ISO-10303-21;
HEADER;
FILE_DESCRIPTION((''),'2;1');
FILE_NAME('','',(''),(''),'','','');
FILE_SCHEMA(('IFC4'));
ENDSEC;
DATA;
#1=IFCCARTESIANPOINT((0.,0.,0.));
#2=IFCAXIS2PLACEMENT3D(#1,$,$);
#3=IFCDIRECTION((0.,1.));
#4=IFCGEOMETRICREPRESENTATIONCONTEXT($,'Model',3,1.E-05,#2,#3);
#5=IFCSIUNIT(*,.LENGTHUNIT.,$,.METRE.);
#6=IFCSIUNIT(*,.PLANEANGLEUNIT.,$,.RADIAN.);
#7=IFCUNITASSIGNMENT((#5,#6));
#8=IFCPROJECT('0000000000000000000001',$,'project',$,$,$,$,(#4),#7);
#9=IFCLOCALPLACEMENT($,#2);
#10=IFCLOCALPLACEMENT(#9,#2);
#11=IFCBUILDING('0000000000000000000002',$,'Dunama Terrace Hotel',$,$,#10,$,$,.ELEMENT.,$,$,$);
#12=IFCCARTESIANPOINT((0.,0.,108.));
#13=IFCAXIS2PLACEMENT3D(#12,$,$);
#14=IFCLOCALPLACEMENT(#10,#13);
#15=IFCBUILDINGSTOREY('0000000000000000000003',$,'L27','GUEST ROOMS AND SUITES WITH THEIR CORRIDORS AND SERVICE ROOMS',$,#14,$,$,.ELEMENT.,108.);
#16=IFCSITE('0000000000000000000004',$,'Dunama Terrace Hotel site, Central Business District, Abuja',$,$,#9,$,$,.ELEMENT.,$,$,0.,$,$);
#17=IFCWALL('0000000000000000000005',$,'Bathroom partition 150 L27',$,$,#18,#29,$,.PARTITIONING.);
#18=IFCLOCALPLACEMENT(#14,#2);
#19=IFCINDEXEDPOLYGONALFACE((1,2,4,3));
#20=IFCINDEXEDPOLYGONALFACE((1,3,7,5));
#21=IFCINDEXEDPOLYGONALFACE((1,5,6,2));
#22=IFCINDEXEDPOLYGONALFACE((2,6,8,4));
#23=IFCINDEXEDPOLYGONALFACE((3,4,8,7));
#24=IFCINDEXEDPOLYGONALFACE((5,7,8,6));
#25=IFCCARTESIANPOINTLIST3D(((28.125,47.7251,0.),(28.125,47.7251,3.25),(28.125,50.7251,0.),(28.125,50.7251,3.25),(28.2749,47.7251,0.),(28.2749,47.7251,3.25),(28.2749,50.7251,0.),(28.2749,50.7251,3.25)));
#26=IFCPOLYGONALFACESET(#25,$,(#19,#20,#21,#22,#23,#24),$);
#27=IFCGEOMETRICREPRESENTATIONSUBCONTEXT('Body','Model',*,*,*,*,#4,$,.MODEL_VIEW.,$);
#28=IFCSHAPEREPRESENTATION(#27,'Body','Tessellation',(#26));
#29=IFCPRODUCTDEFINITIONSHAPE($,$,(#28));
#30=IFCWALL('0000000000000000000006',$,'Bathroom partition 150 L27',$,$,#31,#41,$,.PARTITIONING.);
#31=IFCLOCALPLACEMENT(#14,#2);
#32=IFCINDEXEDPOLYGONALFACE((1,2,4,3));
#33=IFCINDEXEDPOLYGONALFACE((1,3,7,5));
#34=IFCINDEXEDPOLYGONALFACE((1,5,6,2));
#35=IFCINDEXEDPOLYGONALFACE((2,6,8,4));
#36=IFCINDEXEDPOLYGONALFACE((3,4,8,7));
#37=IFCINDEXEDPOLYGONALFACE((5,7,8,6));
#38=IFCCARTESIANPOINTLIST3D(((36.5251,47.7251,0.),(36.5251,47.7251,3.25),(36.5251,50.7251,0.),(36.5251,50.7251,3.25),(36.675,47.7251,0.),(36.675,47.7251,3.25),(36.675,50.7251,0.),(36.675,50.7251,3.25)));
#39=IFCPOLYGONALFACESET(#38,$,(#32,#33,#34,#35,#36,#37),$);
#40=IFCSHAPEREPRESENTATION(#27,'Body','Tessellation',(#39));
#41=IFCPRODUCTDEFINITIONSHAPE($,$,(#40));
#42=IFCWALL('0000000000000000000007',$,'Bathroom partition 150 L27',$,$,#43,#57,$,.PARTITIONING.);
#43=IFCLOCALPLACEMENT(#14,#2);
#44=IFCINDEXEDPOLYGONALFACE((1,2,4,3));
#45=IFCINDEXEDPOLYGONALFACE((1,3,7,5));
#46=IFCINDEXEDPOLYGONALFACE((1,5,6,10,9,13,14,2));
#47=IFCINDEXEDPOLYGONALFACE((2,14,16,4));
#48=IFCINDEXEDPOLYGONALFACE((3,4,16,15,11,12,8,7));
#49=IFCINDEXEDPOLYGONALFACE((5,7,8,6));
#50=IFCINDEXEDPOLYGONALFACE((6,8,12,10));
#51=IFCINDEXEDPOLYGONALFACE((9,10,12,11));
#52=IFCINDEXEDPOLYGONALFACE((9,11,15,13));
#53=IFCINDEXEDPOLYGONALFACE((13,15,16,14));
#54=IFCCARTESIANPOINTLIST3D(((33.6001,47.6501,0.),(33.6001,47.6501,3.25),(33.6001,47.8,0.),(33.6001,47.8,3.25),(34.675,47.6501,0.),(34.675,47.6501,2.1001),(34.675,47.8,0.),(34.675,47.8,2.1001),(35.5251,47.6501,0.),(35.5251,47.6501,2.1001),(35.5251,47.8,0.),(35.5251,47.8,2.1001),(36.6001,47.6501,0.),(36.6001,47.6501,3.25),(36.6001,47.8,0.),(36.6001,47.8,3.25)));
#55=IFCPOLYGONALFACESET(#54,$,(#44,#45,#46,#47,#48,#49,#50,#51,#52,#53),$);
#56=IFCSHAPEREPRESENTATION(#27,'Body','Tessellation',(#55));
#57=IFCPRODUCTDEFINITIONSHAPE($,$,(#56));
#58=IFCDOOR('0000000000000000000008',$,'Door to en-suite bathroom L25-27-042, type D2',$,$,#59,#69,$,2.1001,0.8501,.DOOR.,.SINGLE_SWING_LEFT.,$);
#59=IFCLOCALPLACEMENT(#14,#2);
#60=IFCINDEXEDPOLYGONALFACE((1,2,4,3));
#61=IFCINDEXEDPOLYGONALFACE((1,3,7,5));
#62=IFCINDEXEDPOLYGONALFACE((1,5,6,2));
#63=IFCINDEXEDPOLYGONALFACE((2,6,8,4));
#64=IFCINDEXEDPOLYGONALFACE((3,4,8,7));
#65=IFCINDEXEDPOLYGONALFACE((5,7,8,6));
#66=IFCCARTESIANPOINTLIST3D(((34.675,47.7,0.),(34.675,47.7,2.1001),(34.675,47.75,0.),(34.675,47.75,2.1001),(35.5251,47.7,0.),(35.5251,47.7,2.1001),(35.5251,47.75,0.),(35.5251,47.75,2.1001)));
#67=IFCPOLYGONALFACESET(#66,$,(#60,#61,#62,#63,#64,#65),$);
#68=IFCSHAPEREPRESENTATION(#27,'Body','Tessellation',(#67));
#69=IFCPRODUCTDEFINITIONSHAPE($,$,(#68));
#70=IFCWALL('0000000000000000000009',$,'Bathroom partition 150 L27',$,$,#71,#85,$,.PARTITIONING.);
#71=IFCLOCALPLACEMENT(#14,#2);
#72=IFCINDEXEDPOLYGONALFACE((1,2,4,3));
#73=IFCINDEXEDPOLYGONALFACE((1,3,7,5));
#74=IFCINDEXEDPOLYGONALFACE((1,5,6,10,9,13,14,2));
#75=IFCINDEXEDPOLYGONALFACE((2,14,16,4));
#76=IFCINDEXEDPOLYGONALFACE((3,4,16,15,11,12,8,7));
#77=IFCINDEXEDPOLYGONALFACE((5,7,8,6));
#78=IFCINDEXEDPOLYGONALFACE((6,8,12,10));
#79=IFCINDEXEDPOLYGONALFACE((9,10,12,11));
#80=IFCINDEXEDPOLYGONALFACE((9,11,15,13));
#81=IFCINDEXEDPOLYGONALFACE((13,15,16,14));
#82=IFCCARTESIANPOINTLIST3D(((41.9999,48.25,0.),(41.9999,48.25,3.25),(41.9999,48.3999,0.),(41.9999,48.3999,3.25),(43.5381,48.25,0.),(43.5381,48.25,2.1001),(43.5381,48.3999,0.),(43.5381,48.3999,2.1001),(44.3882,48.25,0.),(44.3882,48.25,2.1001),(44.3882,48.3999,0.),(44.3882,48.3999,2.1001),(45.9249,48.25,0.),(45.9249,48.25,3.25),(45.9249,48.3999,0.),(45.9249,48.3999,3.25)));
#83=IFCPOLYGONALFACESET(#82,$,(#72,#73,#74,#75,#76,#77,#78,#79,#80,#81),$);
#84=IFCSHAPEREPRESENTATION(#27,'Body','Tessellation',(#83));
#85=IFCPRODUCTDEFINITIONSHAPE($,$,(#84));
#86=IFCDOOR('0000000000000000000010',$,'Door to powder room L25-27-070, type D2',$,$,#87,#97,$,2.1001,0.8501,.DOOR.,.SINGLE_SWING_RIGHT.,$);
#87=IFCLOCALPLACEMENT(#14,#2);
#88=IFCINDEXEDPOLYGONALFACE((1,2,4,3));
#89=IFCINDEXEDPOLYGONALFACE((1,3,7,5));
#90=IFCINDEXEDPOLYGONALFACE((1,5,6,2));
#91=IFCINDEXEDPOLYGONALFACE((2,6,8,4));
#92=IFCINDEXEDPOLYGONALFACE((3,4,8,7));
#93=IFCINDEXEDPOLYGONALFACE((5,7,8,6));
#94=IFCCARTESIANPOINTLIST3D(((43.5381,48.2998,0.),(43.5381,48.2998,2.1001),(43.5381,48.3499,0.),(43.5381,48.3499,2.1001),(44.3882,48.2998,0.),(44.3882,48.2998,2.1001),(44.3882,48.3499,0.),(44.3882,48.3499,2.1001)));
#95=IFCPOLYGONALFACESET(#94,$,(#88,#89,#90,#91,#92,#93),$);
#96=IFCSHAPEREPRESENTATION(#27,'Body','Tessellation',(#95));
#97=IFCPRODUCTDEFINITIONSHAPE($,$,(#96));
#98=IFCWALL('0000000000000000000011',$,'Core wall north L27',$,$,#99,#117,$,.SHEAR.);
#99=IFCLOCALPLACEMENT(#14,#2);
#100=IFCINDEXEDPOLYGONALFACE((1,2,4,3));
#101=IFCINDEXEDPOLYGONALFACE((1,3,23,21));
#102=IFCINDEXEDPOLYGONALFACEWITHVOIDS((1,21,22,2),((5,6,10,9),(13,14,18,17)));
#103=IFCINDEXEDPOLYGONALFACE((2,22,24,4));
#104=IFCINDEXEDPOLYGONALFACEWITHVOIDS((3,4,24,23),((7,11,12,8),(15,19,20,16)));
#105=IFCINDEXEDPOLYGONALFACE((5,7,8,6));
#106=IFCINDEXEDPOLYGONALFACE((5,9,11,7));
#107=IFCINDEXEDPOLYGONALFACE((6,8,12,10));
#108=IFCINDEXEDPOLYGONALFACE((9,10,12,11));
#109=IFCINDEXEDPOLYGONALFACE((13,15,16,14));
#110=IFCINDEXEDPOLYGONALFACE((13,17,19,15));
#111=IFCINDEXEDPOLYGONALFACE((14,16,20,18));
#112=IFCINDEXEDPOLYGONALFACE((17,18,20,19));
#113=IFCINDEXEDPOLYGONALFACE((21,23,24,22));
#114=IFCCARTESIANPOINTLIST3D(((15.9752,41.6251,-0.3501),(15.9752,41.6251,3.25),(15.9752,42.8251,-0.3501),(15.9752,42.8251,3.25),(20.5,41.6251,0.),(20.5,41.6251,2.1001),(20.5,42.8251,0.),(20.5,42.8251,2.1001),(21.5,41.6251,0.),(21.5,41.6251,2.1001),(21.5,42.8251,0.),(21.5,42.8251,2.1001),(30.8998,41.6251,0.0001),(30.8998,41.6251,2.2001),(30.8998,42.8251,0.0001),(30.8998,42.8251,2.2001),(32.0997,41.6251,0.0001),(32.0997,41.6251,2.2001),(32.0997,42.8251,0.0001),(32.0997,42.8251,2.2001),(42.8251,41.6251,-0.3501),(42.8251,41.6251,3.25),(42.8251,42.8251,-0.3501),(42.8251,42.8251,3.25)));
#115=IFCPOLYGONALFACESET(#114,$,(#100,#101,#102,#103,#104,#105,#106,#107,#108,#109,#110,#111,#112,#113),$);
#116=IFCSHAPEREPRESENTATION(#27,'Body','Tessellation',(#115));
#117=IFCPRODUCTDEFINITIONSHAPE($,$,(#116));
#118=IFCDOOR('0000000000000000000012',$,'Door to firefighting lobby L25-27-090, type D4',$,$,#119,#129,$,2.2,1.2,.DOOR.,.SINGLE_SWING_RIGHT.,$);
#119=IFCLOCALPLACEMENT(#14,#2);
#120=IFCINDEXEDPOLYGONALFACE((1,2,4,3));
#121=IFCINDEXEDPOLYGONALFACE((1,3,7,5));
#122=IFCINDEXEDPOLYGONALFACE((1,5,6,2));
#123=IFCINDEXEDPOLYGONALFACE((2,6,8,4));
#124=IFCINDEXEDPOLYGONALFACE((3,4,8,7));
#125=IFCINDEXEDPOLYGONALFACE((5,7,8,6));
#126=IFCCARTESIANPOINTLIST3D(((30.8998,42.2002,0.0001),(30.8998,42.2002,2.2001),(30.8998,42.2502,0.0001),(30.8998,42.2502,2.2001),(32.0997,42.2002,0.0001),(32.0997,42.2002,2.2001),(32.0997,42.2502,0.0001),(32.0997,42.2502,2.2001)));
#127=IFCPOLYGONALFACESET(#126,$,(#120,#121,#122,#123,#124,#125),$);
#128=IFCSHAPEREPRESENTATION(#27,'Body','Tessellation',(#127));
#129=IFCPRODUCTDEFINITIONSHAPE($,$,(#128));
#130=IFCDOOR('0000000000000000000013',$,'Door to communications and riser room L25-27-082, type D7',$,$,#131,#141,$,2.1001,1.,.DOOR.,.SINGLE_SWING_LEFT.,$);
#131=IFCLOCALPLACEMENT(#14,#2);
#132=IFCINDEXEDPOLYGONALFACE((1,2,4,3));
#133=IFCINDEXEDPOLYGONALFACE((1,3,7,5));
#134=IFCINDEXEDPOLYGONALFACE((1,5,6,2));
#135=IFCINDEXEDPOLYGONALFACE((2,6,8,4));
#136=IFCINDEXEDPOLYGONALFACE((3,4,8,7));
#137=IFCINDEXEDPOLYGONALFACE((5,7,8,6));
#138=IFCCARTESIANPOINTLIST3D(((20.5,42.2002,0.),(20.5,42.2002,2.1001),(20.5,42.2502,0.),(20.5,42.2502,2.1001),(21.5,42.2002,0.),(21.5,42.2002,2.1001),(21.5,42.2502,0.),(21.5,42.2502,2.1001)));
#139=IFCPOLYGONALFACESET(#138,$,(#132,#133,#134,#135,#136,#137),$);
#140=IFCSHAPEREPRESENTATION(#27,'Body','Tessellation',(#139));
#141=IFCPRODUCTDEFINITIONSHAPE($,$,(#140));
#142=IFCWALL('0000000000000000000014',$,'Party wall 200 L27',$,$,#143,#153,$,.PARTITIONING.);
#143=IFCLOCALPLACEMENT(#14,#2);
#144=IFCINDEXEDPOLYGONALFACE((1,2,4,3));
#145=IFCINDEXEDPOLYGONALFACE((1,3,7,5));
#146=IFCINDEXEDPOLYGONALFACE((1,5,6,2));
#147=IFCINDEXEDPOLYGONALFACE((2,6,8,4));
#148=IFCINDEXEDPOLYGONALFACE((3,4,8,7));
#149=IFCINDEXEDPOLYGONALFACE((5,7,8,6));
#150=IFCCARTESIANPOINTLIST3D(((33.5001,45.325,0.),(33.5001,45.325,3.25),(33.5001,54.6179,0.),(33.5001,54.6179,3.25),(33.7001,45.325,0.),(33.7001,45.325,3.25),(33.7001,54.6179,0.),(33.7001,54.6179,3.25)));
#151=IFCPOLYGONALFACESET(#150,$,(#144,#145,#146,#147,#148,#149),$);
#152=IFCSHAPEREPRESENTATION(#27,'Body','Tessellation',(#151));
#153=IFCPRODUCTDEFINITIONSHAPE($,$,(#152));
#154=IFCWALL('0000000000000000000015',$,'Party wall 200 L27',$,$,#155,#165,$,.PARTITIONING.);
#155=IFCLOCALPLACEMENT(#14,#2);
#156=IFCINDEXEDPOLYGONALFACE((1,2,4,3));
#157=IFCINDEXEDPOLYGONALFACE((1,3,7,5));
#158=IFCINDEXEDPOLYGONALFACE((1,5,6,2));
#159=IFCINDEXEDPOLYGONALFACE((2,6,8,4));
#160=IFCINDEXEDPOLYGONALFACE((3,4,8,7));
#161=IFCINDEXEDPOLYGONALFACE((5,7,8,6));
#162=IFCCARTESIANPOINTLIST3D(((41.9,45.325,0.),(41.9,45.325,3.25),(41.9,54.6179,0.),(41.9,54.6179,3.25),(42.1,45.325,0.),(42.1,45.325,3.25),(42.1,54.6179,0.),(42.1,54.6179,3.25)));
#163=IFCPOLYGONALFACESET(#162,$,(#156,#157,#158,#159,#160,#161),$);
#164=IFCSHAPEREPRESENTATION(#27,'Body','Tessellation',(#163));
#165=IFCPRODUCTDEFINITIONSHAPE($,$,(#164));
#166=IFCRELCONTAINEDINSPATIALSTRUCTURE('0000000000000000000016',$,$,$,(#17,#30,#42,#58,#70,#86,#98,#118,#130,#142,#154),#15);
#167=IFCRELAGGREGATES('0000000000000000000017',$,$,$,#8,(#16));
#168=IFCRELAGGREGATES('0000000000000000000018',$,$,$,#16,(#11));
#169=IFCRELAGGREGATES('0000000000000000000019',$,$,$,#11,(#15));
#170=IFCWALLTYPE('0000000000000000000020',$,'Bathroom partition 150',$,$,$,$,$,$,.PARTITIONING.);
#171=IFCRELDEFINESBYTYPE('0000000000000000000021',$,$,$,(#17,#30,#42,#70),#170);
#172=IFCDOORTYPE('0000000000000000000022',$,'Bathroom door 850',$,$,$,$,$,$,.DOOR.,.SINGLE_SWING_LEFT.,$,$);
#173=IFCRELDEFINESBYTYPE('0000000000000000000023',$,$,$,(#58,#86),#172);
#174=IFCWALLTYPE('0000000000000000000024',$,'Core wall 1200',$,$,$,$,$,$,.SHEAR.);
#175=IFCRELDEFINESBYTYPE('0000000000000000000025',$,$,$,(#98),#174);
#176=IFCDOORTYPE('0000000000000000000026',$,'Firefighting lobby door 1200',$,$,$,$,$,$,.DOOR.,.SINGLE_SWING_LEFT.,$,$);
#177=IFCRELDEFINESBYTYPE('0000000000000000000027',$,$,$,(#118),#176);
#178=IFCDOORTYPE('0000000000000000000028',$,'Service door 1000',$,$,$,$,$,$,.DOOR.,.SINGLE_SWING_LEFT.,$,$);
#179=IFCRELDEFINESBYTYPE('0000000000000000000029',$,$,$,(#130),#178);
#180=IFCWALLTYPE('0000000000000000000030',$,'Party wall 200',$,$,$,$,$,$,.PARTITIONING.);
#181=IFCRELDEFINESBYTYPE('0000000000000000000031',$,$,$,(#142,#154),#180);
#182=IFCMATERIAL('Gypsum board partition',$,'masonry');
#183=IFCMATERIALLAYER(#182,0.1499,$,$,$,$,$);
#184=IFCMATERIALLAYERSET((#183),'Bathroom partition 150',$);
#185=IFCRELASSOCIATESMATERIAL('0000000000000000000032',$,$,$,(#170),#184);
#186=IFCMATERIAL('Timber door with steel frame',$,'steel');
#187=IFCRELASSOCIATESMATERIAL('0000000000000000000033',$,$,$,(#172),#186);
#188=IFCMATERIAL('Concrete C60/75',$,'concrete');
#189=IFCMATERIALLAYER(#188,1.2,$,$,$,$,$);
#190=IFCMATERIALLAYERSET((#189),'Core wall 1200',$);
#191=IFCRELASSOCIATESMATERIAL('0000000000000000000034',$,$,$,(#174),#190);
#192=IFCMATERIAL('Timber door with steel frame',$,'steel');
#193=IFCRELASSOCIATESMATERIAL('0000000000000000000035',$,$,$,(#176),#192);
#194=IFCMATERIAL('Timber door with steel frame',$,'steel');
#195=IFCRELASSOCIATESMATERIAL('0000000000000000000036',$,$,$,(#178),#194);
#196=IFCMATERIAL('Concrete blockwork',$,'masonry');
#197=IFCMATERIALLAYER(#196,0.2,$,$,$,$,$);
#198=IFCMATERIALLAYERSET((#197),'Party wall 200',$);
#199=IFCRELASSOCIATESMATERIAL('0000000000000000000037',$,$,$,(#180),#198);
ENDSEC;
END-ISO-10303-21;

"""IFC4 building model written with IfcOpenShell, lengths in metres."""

from ifc_helpers import new_model, si_unit, direction, frame, frame_2d, origin, place, context, subcontext, project, spatial, rectangle, extrude, material, layer, layer_set, type_object, element, fill, save


model = new_model("IFC4")

# Units and contexts
model_context = context("Model", 3, precision=1e-05, world=origin(), true_north=direction((0.0, 1.0)))
body_context = subcontext(model_context, "Body", "Model", "MODEL_VIEW")
ifc_project = project(units=[si_unit("LENGTHUNIT", "METRE"), si_unit("PLANEANGLEUNIT", "RADIAN")], contexts=[model_context])

# Site, building, storey
site_placement = place(None, origin())
site = spatial("IfcSite", under=ifc_project, at=site_placement, Name="Dunama Terrace Hotel site, Central Business District, Abuja", CompositionType="ELEMENT", RefElevation=0.0)
building_placement = place(site_placement, origin())
building = spatial("IfcBuilding", under=site, at=building_placement, Name="Dunama Terrace Hotel", CompositionType="ELEMENT")
storey_placement = place(building_placement, frame((0.0, 0.0, 108.0)))
storey = spatial("IfcBuildingStorey", under=building, at=storey_placement, Name="L27", Description="GUEST ROOMS AND SUITES WITH THEIR CORRIDORS AND SERVICE ROOMS", CompositionType="ELEMENT", Elevation=108.0)

# Walls
ifc_material_1 = material(Name="Gypsum board partition", Category="masonry")
ifc_layer_1 = layer(ifc_material_1, 0.1499)
ifc_layer_set_1 = layer_set([ifc_layer_1], Name="Bathroom partition 150")
wall_type_1 = type_object("IfcWallType", Name="Bathroom partition 150", PredefinedType="PARTITIONING", material=ifc_layer_set_1)
for number, where, z_axis, x_axis, name in (
    (1, (28.2, 47.7251, 0.0), (0.0, 0.0, 1.0), (0.0, 1.0, 0.0), "Bathroom partition 150 L27"),
    (2, (36.6001, 47.7251, 0.0), (0.0, 0.0, 1.0), (0.0, 1.0, 0.0), "Bathroom partition 150 L27"),
):
    element("IfcWall", number, at=place(storey_placement, frame(where, z_axis=z_axis, x_axis=x_axis)), inside=storey, type_object=wall_type_1, Name=name, PredefinedType="PARTITIONING", context=body_context, shape_type="SweptSolid", body=[
        extrude(rectangle(XDim=3.0, YDim=0.1499, at=frame_2d((1.5, 0.0))), origin(), (0.0, 0.0, 1.0), 3.25),
    ])

# Walls, openings, doors
wall_1_placement = place(storey_placement, frame((33.6001, 47.7251, 0.0), z_axis=(0.0, 0.0, 1.0), x_axis=(1.0, 0.0, 0.0)))
wall_1 = element("IfcWall", 3, at=wall_1_placement, inside=storey, type_object=wall_type_1, Name="Bathroom partition 150 L27", PredefinedType="PARTITIONING", context=body_context, shape_type="SweptSolid", body=[
    extrude(rectangle(XDim=3.0, YDim=0.1499, at=frame_2d((1.5, 0.0))), origin(), (0.0, 0.0, 1.0), 3.25),
])
opening_1_placement = place(wall_1_placement, frame((1.075, 0.0, 0.0)))
opening_1 = element("IfcOpeningElement", 4, at=opening_1_placement, cuts=wall_1, PredefinedType="OPENING", context=body_context, shape_type="SweptSolid", body=[
    extrude(rectangle(XDim=0.8501, YDim=2.1001, at=frame_2d((0.425, 1.05))), frame((0.0, 0.085, 0.0), z_axis=(0.0, -1.0, 0.0), x_axis=(1.0, 0.0, 0.0)), (0.0, 0.0, 1.0), 0.1699),
])
ifc_material_2 = material(Name="Timber door with steel frame", Category="steel")
door_type_1 = type_object("IfcDoorType", Name="Bathroom door 850", OperationType="SINGLE_SWING_LEFT", PredefinedType="DOOR", material=ifc_material_2)
door_1_placement = place(opening_1_placement, origin())
door_1 = element("IfcDoor", 5, at=door_1_placement, inside=storey, type_object=door_type_1, Name="Door to en-suite bathroom L25-27-042, type D2", OperationType="SINGLE_SWING_LEFT", OverallHeight=2.1001, OverallWidth=0.8501, PredefinedType="DOOR", context=body_context, shape_type="SweptSolid", body=[
    extrude(rectangle(XDim=0.8501, YDim=2.1001, at=frame_2d((0.425, 1.05))), frame((0.0, 0.0249, 0.0), z_axis=(0.0, -1.0, 0.0), x_axis=(1.0, 0.0, 0.0)), (0.0, 0.0, 1.0), 0.05),
])
fill(opening_1, door_1)
wall_2_placement = place(storey_placement, frame((42.0, 48.325, 0.0), z_axis=(0.0, 0.0, 1.0), x_axis=(1.0, 0.0, 0.0)))
wall_2 = element("IfcWall", 6, at=wall_2_placement, inside=storey, type_object=wall_type_1, Name="Bathroom partition 150 L27", PredefinedType="PARTITIONING", context=body_context, shape_type="SweptSolid", body=[
    extrude(rectangle(XDim=3.925, YDim=0.1499, at=frame_2d((1.9624, 0.0))), origin(), (0.0, 0.0, 1.0), 3.25),
])
opening_2_placement = place(wall_2_placement, frame((1.5381, 0.0, 0.0)))
opening_2 = element("IfcOpeningElement", 7, at=opening_2_placement, cuts=wall_2, PredefinedType="OPENING", context=body_context, shape_type="SweptSolid", body=[
    extrude(rectangle(XDim=0.8501, YDim=2.1001, at=frame_2d((0.425, 1.05))), frame((0.0, 0.085, 0.0), z_axis=(0.0, -1.0, 0.0), x_axis=(1.0, 0.0, 0.0)), (0.0, 0.0, 1.0), 0.1699),
])
door_2_placement = place(opening_2_placement, frame((0.8501, 0.0, 0.0), z_axis=(0.0, 0.0, 1.0), x_axis=(-1.0, 0.0, 0.0)))
door_2 = element("IfcDoor", 8, at=door_2_placement, inside=storey, type_object=door_type_1, Name="Door to powder room L25-27-070, type D2", OperationType="SINGLE_SWING_RIGHT", OverallHeight=2.1001, OverallWidth=0.8501, PredefinedType="DOOR", context=body_context, shape_type="SweptSolid", body=[
    extrude(rectangle(XDim=0.8501, YDim=2.1001, at=frame_2d((0.425, 1.05))), frame((0.0, 0.0251, 0.0), z_axis=(0.0, -1.0, 0.0), x_axis=(1.0, 0.0, 0.0)), (0.0, 0.0, 1.0), 0.05),
])
fill(opening_2, door_2)

# Wall, openings, doors
ifc_material_3 = material(Name="Concrete C60/75", Category="concrete")
ifc_layer_2 = layer(ifc_material_3, 1.2)
ifc_layer_set_2 = layer_set([ifc_layer_2], Name="Core wall 1200")
wall_type_2 = type_object("IfcWallType", Name="Core wall 1200", PredefinedType="SHEAR", material=ifc_layer_set_2)
wall_3_placement = place(storey_placement, frame((42.825, 42.2251, -0.3501), z_axis=(0.0, 0.0, 1.0), x_axis=(-1.0, 0.0, 0.0)))
wall_3 = element("IfcWall", 9, at=wall_3_placement, inside=storey, type_object=wall_type_2, Name="Core wall north L27", PredefinedType="SHEAR", context=body_context, shape_type="SweptSolid", body=[
    extrude(rectangle(XDim=26.8499, YDim=1.2, at=frame_2d((13.4248, 0.0))), origin(), (0.0, 0.0, 1.0), 3.6001),
])
opening_3_placement = place(wall_3_placement, frame((21.325, 0.0, 0.3501)))
opening_3 = element("IfcOpeningElement", 10, at=opening_3_placement, cuts=wall_3, PredefinedType="OPENING", context=body_context, shape_type="SweptSolid", body=[
    extrude(rectangle(XDim=1.0, YDim=2.1001, at=frame_2d((0.5, 1.05))), frame((0.0, 0.6099, 0.0), z_axis=(0.0, -1.0, 0.0), x_axis=(1.0, 0.0, 0.0)), (0.0, 0.0, 1.0), 1.22),
])
opening_4_placement = place(wall_3_placement, frame((10.7251, 0.0, 0.3501)))
opening_4 = element("IfcOpeningElement", 11, at=opening_4_placement, cuts=wall_3, PredefinedType="OPENING", context=body_context, shape_type="SweptSolid", body=[
    extrude(rectangle(XDim=1.2, YDim=2.2, at=frame_2d((0.6001, 1.1001))), frame((0.0, 0.6099, 0.0), z_axis=(0.0, -1.0, 0.0), x_axis=(1.0, 0.0, 0.0)), (0.0, 0.0, 1.0), 1.22),
])
ifc_material_4 = material(Name="Timber door with steel frame", Category="steel")
door_type_2 = type_object("IfcDoorType", Name="Firefighting lobby door 1200", OperationType="SINGLE_SWING_LEFT", PredefinedType="DOOR", material=ifc_material_4)
door_3_placement = place(opening_4_placement, origin())
door_3 = element("IfcDoor", 12, at=door_3_placement, inside=storey, type_object=door_type_2, Name="Door to firefighting lobby L25-27-090, type D4", OperationType="SINGLE_SWING_RIGHT", OverallHeight=2.2, OverallWidth=1.2, PredefinedType="DOOR", context=body_context, shape_type="SweptSolid", body=[
    extrude(rectangle(XDim=1.2, YDim=2.2, at=frame_2d((0.6001, 1.1001))), frame((0.0, 0.0249, 0.0), z_axis=(0.0, -1.0, 0.0), x_axis=(1.0, 0.0, 0.0)), (0.0, 0.0, 1.0), 0.05),
])
fill(opening_4, door_3)
ifc_material_5 = material(Name="Timber door with steel frame", Category="steel")
door_type_3 = type_object("IfcDoorType", Name="Service door 1000", OperationType="SINGLE_SWING_LEFT", PredefinedType="DOOR", material=ifc_material_5)
door_4_placement = place(opening_3_placement, origin())
door_4 = element("IfcDoor", 13, at=door_4_placement, inside=storey, type_object=door_type_3, Name="Door to communications and riser room L25-27-082, type D7", OperationType="SINGLE_SWING_LEFT", OverallHeight=2.1001, OverallWidth=1.0, PredefinedType="DOOR", context=body_context, shape_type="SweptSolid", body=[
    extrude(rectangle(XDim=1.0, YDim=2.1001, at=frame_2d((0.5, 1.05))), frame((0.0, 0.0249, 0.0), z_axis=(0.0, -1.0, 0.0), x_axis=(1.0, 0.0, 0.0)), (0.0, 0.0, 1.0), 0.05),
])
fill(opening_3, door_4)

# Walls
ifc_material_6 = material(Name="Concrete blockwork", Category="masonry")
ifc_layer_3 = layer(ifc_material_6, 0.2)
ifc_layer_set_3 = layer_set([ifc_layer_3], Name="Party wall 200")
wall_type_3 = type_object("IfcWallType", Name="Party wall 200", PredefinedType="PARTITIONING", material=ifc_layer_set_3)
for number, where, z_axis, x_axis, name in (
    (14, (33.6001, 45.325, 0.0), (0.0, 0.0, 1.0), (0.0, 1.0, 0.0), "Party wall 200 L27"),
    (15, (42.0, 45.325, 0.0), (0.0, 0.0, 1.0), (0.0, 1.0, 0.0), "Party wall 200 L27"),
):
    element("IfcWall", number, at=place(storey_placement, frame(where, z_axis=z_axis, x_axis=x_axis)), inside=storey, type_object=wall_type_3, Name=name, PredefinedType="PARTITIONING", context=body_context, shape_type="SweptSolid", body=[
        extrude(rectangle(XDim=9.293, YDim=0.2, at=frame_2d((4.6465, 0.0))), origin(), (0.0, 0.0, 1.0), 3.25),
    ])

save(model, "model.ifc")
